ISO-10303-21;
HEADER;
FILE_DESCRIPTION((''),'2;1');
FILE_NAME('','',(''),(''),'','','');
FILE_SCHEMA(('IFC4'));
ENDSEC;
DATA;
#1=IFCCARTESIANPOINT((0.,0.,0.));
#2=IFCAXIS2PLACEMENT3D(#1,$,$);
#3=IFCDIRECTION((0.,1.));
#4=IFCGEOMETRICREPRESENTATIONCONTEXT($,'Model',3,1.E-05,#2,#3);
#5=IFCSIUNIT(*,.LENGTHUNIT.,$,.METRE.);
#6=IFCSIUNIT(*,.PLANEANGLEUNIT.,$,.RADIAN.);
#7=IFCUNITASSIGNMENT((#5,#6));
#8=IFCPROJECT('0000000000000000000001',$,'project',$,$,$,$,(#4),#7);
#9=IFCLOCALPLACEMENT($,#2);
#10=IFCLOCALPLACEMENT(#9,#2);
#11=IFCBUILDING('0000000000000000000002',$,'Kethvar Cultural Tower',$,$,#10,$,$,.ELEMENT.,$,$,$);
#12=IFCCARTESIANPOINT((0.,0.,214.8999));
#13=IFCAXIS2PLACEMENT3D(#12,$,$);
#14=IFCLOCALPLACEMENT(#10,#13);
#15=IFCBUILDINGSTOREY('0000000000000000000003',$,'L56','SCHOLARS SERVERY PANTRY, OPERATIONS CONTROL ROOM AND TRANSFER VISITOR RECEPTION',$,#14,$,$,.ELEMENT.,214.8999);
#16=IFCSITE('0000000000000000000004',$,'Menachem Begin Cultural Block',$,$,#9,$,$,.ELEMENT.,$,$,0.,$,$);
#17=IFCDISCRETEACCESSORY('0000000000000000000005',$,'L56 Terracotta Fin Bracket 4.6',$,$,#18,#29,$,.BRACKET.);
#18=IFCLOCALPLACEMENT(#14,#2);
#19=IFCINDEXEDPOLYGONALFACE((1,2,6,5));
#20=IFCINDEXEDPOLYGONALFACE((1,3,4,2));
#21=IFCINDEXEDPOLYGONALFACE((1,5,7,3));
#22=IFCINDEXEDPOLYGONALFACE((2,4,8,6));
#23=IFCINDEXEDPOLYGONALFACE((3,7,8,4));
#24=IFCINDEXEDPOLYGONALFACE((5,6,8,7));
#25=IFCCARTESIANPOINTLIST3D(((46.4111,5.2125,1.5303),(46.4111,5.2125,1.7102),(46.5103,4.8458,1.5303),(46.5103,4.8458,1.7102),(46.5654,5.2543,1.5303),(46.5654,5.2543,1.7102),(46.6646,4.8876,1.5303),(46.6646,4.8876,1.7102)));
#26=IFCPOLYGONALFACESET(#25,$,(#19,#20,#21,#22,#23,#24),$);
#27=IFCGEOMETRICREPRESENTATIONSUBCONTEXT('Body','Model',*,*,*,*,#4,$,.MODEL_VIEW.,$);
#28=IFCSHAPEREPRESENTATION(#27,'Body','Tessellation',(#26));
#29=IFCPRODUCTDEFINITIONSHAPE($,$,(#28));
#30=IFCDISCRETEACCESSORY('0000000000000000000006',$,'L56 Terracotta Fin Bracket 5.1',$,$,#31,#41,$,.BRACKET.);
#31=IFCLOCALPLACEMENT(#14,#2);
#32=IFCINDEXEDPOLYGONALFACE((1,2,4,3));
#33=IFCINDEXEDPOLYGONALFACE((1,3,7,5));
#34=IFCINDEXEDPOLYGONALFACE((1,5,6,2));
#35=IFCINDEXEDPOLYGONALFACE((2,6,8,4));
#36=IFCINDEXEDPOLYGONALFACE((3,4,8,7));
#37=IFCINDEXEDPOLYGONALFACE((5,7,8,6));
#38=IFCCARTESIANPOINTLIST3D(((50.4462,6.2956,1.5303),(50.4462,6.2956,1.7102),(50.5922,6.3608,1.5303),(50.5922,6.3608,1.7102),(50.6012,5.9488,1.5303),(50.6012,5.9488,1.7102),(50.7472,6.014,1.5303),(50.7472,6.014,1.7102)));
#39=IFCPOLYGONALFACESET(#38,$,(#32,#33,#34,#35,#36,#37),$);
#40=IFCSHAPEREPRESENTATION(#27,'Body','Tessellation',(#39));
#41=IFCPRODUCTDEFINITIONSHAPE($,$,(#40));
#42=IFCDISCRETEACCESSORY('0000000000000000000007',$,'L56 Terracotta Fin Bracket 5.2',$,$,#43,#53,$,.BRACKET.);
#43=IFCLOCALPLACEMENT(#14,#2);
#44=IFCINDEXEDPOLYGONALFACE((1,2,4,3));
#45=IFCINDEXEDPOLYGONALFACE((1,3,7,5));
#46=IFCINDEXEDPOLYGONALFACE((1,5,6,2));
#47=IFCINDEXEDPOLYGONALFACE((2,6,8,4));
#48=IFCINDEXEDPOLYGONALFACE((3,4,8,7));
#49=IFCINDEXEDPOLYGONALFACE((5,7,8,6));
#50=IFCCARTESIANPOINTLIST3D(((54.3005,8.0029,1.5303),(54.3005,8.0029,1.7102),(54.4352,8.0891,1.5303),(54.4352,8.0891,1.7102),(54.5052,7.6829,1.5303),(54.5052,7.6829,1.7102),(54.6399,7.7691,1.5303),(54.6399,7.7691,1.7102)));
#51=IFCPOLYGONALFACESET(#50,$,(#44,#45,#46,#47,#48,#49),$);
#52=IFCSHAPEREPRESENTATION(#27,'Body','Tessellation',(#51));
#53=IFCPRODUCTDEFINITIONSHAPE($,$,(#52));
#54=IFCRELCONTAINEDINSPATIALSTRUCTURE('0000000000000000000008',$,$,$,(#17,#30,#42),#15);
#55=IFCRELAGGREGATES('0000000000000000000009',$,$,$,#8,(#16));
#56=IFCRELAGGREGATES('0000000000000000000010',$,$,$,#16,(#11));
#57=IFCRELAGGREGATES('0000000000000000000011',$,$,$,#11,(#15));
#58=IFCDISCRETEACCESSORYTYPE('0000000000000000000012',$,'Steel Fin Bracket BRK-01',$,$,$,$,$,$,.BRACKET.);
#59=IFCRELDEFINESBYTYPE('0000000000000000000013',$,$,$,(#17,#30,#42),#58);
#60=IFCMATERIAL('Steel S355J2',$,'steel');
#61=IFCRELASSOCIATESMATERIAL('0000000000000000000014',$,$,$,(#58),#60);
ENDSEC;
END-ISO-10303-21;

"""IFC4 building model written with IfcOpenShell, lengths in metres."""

from ifc_helpers import new_model, si_unit, direction, frame, origin, origin_2d, place, context, subcontext, project, spatial, rectangle, extrude, source, transform, mapped, material, type_object, element, save


model = new_model("IFC4")

# Units and contexts
model_context = context("Model", 3, precision=1e-05, world=origin(), true_north=direction((0.0, 1.0)))
body_context = subcontext(model_context, "Body", "Model", "MODEL_VIEW")
ifc_project = project(units=[si_unit("LENGTHUNIT", "METRE"), si_unit("PLANEANGLEUNIT", "RADIAN")], contexts=[model_context])

# Site, building, storey
site_placement = place(None, origin())
site = spatial("IfcSite", under=ifc_project, at=site_placement, Name="Menachem Begin Cultural Block", CompositionType="ELEMENT", RefElevation=0.0)
building_placement = place(site_placement, origin())
building = spatial("IfcBuilding", under=site, at=building_placement, Name="Kethvar Cultural Tower", CompositionType="ELEMENT")
storey_placement = place(building_placement, frame((0.0, 0.0, 214.8999)))
storey = spatial("IfcBuildingStorey", under=building, at=storey_placement, Name="L56", Description="SCHOLARS SERVERY PANTRY, OPERATIONS CONTROL ROOM AND TRANSFER VISITOR RECEPTION", CompositionType="ELEMENT", Elevation=214.8999)

# Shared definitions
ifc_material_1 = material(Name="Steel S355J2", Category="steel")

# Discrete accessories
discrete_accessory_type = type_object("IfcDiscreteAccessoryType", Name="Steel Fin Bracket BRK-01", PredefinedType="BRACKET", material=ifc_material_1)
shared_shape_1 = source(origin(), body_context, "Body", "SweptSolid", [
    extrude(rectangle(XDim=0.3799, YDim=0.1599, at=origin_2d()), origin(), (0.0, 0.0, 1.0), 0.1799),
])
for number, where, z_axis, x_axis, name in (
    (1, (46.5378, 5.05, 1.5303), (0.0, 0.0, 1.0), (0.261178, -0.965291, 0.0), "L56 Terracotta Fin Bracket 4.6"),
    (2, (50.5967, 6.1548, 1.5303), (0.0, 0.0, 1.0), (0.408012, -0.912977, 0.0), "L56 Terracotta Fin Bracket 5.1"),
    (3, (54.4702, 7.886, 1.5303), (0.0, 0.0, 1.0), (0.538918, -0.842358, 0.0), "L56 Terracotta Fin Bracket 5.2"),
):
    element("IfcDiscreteAccessory", number, at=place(storey_placement, frame(where, z_axis=z_axis, x_axis=x_axis)), inside=storey, type_object=discrete_accessory_type, Name=name, PredefinedType="BRACKET", context=body_context, shape_type="MappedRepresentation", body=[
        mapped(shared_shape_1, transform((0.0, 0.0, 0.0), scale=1.0)),
    ])

save(model, "model.ifc")
